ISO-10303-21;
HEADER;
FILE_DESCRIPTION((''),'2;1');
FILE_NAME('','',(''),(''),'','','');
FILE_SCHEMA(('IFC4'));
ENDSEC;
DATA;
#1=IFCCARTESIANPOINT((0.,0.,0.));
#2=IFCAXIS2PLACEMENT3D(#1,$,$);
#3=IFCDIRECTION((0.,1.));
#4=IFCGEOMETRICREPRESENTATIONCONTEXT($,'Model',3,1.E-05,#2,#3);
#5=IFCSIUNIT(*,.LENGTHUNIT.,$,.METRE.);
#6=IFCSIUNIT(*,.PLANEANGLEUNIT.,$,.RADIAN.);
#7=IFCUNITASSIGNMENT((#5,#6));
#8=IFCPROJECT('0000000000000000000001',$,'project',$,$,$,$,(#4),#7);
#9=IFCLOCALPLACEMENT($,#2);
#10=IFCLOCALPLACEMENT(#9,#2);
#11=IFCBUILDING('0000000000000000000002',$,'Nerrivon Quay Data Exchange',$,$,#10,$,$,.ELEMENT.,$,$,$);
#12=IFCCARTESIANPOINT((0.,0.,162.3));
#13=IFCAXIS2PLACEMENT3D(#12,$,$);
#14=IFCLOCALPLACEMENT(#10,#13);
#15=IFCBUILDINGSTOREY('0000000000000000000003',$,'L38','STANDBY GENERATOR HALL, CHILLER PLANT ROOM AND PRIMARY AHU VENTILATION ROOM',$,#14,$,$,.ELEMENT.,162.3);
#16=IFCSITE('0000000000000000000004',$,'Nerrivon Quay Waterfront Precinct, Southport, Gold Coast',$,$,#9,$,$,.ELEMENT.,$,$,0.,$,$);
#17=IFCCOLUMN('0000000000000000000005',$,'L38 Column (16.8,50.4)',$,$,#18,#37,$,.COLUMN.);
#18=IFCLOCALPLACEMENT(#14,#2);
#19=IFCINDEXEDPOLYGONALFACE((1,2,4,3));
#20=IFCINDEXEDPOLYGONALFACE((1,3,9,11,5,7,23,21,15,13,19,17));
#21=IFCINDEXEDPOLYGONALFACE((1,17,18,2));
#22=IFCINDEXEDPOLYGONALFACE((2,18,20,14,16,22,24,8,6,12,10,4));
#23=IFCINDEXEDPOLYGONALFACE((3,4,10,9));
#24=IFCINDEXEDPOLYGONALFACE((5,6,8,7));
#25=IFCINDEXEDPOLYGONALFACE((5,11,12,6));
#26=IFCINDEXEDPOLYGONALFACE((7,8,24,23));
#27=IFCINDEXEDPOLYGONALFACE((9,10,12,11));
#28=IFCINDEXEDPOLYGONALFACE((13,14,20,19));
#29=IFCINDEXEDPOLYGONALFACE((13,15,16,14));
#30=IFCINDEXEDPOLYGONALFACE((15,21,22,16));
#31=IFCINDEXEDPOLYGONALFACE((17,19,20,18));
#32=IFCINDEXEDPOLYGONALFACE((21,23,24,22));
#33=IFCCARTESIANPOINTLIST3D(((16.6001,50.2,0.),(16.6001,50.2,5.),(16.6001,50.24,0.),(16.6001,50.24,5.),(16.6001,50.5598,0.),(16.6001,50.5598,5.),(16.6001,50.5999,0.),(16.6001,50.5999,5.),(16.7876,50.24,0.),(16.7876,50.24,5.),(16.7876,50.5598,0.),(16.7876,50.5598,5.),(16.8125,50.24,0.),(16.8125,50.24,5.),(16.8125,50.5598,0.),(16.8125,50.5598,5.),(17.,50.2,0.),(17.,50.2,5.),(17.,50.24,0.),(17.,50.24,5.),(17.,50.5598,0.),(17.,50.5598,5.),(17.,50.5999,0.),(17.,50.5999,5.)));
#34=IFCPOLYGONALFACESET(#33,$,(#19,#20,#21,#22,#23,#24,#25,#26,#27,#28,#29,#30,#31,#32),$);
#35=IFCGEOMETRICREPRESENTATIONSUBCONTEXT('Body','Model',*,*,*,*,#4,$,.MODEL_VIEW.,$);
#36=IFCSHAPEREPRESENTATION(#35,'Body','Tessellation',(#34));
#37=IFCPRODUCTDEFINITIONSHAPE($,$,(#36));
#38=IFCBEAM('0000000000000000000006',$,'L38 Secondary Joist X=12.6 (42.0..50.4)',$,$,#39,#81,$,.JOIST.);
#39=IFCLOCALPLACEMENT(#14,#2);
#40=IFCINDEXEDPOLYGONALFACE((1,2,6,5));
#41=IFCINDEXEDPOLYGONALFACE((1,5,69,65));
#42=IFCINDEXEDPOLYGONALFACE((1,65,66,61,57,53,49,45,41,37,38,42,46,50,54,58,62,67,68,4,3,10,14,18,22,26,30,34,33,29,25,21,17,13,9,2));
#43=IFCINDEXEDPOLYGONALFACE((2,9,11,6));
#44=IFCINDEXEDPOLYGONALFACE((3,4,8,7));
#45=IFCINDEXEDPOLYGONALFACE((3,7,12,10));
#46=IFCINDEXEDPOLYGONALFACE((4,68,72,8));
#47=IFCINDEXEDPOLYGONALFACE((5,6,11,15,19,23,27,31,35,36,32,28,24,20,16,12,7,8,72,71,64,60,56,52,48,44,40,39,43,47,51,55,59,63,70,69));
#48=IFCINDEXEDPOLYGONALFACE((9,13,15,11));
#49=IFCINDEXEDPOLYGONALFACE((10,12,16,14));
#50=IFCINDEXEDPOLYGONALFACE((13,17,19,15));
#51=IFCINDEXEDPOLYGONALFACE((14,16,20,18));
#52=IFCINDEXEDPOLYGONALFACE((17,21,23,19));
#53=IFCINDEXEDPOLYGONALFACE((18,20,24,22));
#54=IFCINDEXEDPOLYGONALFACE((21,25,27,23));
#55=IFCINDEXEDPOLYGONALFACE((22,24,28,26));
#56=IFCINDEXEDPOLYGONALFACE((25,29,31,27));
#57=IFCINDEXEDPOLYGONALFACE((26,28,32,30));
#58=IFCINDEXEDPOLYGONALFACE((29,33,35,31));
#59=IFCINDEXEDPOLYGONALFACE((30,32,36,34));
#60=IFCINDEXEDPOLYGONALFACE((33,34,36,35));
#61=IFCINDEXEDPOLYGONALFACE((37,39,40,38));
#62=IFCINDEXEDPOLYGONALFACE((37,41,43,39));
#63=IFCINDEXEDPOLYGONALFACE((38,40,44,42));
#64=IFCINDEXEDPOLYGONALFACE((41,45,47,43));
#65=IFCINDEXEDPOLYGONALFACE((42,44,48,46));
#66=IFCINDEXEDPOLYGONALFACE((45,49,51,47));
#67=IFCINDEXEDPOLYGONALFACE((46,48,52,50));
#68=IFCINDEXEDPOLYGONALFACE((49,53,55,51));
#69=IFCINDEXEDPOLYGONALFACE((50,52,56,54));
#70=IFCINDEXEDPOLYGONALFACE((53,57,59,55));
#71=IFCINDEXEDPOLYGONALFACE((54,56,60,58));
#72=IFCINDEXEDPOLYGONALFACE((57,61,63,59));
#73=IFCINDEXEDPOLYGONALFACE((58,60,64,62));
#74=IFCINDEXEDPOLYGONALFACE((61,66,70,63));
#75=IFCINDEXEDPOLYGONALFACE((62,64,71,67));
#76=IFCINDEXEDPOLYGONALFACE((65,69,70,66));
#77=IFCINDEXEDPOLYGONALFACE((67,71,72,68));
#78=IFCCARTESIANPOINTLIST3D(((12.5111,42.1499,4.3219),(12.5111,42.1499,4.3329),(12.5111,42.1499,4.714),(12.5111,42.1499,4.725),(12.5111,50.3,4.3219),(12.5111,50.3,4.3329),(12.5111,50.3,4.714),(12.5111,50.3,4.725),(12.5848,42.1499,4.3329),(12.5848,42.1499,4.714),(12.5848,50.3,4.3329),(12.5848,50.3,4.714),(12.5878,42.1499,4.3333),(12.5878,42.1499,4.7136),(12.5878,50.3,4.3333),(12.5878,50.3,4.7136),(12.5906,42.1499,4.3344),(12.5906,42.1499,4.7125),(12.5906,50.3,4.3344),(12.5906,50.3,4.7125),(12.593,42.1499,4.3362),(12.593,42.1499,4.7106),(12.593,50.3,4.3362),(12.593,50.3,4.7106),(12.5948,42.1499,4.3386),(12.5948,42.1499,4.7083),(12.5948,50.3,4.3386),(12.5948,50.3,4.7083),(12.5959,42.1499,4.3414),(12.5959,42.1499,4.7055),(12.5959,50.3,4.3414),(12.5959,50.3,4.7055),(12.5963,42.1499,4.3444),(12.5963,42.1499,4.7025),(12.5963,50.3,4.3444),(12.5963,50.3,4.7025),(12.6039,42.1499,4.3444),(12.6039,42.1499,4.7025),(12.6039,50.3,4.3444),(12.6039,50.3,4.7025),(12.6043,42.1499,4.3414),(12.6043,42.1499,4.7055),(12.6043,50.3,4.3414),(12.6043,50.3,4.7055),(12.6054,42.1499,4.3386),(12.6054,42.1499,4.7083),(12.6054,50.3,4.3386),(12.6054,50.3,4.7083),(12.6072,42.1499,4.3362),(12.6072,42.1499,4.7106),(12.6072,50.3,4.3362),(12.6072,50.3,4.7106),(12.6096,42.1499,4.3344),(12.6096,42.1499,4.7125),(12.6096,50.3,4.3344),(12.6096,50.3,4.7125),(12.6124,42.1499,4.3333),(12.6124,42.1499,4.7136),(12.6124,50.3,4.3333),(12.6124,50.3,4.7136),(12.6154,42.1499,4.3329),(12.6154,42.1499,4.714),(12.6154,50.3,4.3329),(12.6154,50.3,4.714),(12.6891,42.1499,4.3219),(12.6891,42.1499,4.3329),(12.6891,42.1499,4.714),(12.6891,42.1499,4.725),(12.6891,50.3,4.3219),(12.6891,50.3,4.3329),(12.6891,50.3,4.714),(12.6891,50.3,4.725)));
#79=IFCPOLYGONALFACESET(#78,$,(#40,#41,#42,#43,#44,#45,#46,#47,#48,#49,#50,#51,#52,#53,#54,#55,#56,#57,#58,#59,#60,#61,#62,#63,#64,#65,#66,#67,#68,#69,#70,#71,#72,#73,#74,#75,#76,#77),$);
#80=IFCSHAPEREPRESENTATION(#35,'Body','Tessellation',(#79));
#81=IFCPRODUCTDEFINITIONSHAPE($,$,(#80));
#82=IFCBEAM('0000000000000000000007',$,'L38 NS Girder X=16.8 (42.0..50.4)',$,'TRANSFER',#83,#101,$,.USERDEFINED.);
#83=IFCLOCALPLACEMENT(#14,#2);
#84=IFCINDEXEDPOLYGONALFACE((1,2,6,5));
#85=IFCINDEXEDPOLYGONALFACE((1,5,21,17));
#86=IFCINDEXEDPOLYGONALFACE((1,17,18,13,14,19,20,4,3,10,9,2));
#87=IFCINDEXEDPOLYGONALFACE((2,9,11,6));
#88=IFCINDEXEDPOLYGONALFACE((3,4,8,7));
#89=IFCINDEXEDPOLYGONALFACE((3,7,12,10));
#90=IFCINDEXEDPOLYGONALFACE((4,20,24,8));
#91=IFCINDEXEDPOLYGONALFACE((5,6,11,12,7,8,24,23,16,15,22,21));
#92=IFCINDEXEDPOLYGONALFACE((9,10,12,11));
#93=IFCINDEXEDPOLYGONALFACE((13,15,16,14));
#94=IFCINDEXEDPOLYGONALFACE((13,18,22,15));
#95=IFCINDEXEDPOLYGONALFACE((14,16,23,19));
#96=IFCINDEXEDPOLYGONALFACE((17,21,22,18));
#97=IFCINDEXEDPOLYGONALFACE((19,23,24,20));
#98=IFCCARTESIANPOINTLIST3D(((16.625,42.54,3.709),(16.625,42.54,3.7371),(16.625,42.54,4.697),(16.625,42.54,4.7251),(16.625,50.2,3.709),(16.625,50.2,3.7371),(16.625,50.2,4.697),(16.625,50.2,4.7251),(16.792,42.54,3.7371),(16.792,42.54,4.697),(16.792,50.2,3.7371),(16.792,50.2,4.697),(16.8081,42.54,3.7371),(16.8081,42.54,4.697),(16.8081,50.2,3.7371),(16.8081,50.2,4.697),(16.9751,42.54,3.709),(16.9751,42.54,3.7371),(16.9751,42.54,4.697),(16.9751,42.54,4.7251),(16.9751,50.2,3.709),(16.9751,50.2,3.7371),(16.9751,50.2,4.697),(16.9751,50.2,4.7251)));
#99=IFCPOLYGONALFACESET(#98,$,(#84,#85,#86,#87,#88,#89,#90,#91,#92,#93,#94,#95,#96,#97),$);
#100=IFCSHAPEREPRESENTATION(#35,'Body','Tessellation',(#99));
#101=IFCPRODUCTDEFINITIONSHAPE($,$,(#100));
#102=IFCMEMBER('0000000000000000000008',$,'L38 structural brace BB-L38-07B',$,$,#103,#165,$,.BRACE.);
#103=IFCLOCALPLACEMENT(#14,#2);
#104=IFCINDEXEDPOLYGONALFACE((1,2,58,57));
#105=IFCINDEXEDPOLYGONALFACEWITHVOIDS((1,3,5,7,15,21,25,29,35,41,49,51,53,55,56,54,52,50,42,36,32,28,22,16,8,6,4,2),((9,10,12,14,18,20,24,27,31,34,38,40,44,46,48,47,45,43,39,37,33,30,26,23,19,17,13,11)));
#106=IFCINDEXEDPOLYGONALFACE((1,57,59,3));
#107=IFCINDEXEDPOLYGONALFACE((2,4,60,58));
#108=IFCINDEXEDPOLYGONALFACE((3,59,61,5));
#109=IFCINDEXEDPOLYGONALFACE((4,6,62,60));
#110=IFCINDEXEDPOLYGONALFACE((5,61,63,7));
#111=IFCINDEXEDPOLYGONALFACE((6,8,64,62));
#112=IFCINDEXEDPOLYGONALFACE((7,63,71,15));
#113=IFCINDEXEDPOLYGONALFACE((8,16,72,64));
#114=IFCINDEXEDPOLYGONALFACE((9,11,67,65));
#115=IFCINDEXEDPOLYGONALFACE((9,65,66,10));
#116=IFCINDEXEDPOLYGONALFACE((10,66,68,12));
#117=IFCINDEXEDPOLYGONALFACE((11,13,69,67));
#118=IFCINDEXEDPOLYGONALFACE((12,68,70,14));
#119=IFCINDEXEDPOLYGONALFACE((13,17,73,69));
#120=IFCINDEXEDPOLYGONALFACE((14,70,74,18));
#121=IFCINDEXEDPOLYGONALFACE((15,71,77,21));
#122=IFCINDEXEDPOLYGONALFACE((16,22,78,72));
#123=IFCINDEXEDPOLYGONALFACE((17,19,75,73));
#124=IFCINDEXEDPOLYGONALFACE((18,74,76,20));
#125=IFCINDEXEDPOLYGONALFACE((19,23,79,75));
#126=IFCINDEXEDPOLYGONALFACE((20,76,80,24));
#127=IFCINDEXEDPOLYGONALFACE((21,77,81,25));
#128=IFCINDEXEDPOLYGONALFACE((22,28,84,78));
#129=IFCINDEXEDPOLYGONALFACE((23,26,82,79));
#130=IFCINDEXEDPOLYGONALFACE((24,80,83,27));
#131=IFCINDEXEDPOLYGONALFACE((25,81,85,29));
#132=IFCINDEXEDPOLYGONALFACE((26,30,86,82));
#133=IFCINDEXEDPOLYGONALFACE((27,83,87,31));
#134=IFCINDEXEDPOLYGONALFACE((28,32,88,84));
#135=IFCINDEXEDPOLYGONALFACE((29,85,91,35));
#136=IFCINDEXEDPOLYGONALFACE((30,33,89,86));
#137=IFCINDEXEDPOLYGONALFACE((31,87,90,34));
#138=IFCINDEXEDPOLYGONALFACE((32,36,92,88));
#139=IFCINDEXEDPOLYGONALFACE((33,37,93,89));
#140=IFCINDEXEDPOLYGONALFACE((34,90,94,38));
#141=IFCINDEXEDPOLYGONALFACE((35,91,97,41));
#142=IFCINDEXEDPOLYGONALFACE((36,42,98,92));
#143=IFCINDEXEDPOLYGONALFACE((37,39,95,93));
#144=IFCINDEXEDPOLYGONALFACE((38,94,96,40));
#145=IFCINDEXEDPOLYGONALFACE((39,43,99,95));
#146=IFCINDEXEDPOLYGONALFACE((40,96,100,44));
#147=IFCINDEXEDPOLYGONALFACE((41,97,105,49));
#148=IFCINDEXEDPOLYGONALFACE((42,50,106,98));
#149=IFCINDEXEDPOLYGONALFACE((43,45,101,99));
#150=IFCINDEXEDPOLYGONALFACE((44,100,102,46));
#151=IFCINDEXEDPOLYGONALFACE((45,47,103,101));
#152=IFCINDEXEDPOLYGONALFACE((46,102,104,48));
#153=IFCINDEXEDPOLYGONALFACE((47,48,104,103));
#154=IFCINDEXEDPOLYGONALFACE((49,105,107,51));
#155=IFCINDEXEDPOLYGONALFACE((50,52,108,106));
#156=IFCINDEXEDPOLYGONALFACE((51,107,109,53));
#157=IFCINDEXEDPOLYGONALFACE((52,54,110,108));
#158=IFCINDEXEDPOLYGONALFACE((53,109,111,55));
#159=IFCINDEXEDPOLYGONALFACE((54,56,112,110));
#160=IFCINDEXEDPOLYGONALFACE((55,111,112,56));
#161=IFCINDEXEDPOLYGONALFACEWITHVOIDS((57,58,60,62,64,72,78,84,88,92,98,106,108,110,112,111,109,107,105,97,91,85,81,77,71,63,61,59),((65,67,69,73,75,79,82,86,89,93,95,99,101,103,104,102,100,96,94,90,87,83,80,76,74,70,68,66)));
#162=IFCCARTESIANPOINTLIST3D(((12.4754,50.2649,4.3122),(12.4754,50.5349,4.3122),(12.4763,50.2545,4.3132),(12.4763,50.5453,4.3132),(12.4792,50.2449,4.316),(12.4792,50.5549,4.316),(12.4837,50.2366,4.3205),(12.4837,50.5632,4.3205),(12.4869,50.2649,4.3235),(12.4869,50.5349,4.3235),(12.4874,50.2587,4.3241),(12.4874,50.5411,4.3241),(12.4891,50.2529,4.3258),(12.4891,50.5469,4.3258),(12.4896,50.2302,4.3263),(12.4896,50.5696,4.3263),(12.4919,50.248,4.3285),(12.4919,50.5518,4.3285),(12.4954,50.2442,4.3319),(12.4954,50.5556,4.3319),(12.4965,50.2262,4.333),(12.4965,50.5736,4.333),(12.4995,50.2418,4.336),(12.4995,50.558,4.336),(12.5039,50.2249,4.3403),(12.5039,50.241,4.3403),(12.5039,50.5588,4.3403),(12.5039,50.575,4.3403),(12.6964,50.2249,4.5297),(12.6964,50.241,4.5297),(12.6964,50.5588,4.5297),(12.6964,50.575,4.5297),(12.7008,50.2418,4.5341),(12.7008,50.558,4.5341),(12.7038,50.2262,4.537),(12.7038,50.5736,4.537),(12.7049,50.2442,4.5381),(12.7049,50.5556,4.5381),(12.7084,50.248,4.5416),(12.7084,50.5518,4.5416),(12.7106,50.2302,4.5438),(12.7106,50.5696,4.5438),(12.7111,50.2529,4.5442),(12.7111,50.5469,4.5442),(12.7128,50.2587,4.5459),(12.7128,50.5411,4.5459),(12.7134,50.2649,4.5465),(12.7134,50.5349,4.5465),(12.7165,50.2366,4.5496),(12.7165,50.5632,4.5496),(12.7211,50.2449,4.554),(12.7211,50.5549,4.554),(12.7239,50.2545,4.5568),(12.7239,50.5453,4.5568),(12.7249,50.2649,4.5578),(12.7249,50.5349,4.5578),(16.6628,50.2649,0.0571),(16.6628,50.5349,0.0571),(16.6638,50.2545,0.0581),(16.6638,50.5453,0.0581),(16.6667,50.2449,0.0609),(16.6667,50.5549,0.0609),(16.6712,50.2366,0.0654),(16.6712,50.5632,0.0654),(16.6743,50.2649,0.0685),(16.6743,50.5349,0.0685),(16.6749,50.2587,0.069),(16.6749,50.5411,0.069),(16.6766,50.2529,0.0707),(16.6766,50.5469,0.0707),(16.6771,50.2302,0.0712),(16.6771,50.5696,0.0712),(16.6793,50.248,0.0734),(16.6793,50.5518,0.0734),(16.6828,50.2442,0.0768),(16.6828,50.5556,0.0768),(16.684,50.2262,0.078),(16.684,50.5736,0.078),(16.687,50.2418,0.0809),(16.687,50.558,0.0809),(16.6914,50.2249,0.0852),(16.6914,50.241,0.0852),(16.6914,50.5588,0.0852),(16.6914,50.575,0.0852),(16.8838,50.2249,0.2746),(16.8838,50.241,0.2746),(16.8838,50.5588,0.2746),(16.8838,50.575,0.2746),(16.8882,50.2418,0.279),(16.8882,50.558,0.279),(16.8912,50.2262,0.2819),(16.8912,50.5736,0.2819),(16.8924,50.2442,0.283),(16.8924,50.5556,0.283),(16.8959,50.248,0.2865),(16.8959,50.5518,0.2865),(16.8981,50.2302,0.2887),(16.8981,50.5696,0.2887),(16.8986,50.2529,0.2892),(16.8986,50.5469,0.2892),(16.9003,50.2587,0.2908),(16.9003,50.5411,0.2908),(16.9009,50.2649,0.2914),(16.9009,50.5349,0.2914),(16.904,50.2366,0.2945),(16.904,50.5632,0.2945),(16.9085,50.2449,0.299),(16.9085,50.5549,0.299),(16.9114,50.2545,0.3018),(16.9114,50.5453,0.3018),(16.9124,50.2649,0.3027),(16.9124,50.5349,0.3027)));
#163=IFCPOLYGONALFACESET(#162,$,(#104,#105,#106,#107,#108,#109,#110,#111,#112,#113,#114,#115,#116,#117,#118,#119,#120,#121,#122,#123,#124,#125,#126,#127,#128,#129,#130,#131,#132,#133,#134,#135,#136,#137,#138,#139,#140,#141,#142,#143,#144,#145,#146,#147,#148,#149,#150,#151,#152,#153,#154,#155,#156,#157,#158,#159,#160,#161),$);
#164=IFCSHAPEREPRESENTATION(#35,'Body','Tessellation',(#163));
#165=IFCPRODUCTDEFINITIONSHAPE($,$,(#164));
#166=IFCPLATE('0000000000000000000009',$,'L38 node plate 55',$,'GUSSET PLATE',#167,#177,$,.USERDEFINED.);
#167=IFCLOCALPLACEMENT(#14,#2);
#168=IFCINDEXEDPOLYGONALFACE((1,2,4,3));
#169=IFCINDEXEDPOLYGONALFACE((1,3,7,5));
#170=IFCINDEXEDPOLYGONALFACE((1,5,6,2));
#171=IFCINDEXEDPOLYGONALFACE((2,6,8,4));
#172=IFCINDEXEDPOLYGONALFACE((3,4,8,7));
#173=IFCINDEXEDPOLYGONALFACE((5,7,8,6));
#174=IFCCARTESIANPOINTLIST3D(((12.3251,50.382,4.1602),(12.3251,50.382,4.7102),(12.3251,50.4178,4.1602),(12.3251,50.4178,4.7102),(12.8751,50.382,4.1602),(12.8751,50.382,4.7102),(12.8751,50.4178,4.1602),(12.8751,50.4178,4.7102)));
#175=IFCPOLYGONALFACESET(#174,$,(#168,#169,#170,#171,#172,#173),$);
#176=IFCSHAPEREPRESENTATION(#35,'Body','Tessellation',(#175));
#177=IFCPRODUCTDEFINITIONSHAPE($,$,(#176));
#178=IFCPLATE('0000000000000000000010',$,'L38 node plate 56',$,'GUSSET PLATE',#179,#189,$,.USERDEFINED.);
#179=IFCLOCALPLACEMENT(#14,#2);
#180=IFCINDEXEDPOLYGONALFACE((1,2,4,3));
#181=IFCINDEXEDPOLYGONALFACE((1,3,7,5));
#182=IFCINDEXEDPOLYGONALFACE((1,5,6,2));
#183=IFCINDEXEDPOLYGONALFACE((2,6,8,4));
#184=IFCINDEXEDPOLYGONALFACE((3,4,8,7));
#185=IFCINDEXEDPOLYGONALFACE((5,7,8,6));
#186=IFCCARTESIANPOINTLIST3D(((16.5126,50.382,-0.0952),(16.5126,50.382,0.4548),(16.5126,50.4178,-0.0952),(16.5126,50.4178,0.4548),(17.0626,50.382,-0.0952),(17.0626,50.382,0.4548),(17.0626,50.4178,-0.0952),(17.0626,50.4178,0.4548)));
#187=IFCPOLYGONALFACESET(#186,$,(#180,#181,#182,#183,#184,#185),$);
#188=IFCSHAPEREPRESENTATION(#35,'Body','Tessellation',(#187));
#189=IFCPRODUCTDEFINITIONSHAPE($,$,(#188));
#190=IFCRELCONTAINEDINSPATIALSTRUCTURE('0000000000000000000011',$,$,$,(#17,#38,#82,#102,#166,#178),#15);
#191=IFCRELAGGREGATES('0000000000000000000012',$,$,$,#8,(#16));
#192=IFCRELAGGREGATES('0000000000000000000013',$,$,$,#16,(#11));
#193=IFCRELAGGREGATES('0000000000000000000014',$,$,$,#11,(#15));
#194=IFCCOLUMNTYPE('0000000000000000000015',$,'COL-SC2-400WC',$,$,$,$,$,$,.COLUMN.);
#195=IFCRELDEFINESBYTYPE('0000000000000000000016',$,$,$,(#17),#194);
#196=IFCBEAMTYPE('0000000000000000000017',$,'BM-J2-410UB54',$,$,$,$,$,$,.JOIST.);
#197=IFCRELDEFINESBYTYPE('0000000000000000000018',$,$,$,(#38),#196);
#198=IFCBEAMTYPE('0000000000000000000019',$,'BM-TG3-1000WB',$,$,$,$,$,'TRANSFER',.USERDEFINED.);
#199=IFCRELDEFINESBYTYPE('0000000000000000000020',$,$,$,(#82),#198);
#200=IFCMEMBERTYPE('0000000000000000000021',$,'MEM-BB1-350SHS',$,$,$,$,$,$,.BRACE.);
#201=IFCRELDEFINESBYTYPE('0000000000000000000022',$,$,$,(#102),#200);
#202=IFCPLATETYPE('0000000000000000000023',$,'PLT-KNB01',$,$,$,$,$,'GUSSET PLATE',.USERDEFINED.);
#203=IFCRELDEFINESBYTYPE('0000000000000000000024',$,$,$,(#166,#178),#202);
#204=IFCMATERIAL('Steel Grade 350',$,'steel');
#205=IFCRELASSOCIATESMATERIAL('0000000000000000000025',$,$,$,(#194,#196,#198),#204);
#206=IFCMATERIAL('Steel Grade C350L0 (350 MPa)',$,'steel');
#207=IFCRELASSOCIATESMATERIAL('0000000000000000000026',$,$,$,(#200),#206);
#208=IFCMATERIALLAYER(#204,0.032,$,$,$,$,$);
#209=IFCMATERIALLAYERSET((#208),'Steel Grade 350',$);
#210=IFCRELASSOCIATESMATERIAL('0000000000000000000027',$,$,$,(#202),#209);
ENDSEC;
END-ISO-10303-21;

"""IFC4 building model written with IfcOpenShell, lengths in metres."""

from ifc_helpers import new_model, si_unit, direction, frame, origin, origin_2d, place, context, subcontext, project, spatial, rectangle, hollow_rectangle, i_section, extrude, material, layer, layer_set, material_profile, profile_set, type_object, element, save


model = new_model("IFC4")

# Units and contexts
model_context = context("Model", 3, precision=1e-05, world=origin(), true_north=direction((0.0, 1.0)))
body_context = subcontext(model_context, "Body", "Model", "MODEL_VIEW")
ifc_project = project(units=[si_unit("LENGTHUNIT", "METRE"), si_unit("PLANEANGLEUNIT", "RADIAN")], contexts=[model_context])

# Site, building, storey
site_placement = place(None, origin())
site = spatial("IfcSite", under=ifc_project, at=site_placement, Name="Nerrivon Quay Waterfront Precinct, Southport, Gold Coast", CompositionType="ELEMENT", RefElevation=0.0)
building_placement = place(site_placement, origin())
building = spatial("IfcBuilding", under=site, at=building_placement, Name="Nerrivon Quay Data Exchange", CompositionType="ELEMENT")
storey_placement = place(building_placement, frame((0.0, 0.0, 162.3)))
storey = spatial("IfcBuildingStorey", under=building, at=storey_placement, Name="L38", Description="STANDBY GENERATOR HALL, CHILLER PLANT ROOM AND PRIMARY AHU VENTILATION ROOM", CompositionType="ELEMENT", Elevation=162.3)

# Column
ifc_material_1 = material(Name="Steel Grade 350", Category="steel")
ifc_material_profile_1 = material_profile(ifc_material_1, i_section(OverallWidth=0.3999, OverallDepth=0.3999, WebThickness=0.0249, FlangeThickness=0.04, at=origin_2d()), Name="400WC328")
ifc_profile_set_1 = profile_set([ifc_material_profile_1], Name="Steel Grade 350")
column_type = type_object("IfcColumnType", Name="COL-SC2-400WC", PredefinedType="COLUMN", material=ifc_profile_set_1)
column_placement = place(storey_placement, frame((16.8, 50.3999, 0.0), z_axis=(0.0, 0.0, 1.0), x_axis=(1.0, 0.0, 0.0)))
element("IfcColumn", 1, at=column_placement, inside=storey, type_object=column_type, Name="L38 Column (16.8,50.4)", PredefinedType="COLUMN", context=body_context, shape_type="SweptSolid", body=[
    extrude(i_section(OverallWidth=0.3999, OverallDepth=0.3999, WebThickness=0.0249, FlangeThickness=0.04, at=origin_2d()), origin(), (0.0, 0.0, 1.0), 5.0),
])

# Beams
ifc_material_profile_2 = material_profile(ifc_material_1, i_section(OverallWidth=0.178, OverallDepth=0.4031, WebThickness=0.0076, FlangeThickness=0.011, FilletRadius=0.0115, at=origin_2d()), Name="410UB53.7")
ifc_profile_set_2 = profile_set([ifc_material_profile_2], Name="Steel Grade 350")
beam_type_1 = type_object("IfcBeamType", Name="BM-J2-410UB54", PredefinedType="JOIST", material=ifc_profile_set_2)
beam_1_placement = place(storey_placement, frame((12.6001, 42.1499, 4.5234), z_axis=(0.0, 1.0, 0.0), x_axis=(-1.0, 0.0, 0.0)))
element("IfcBeam", 2, at=beam_1_placement, inside=storey, type_object=beam_type_1, Name="L38 Secondary Joist X=12.6 (42.0..50.4)", PredefinedType="JOIST", context=body_context, shape_type="SweptSolid", body=[
    extrude(i_section(OverallWidth=0.178, OverallDepth=0.4031, WebThickness=0.0076, FlangeThickness=0.011, FilletRadius=0.0115, at=origin_2d()), origin(), (0.0, 0.0, 1.0), 8.1501),
])
ifc_material_profile_3 = material_profile(ifc_material_1, i_section(OverallWidth=0.3501, OverallDepth=1.0161, WebThickness=0.0161, FlangeThickness=0.0281, at=origin_2d()), Name="1000WB258")
ifc_profile_set_3 = profile_set([ifc_material_profile_3], Name="Steel Grade 350")
beam_type_2 = type_object("IfcBeamType", Name="BM-TG3-1000WB", ElementType="TRANSFER", PredefinedType="USERDEFINED", material=ifc_profile_set_3)
beam_2_placement = place(storey_placement, frame((16.8, 42.54, 4.217), z_axis=(0.0, 1.0, 0.0), x_axis=(-1.0, 0.0, 0.0)))
element("IfcBeam", 3, at=beam_2_placement, inside=storey, type_object=beam_type_2, Name="L38 NS Girder X=16.8 (42.0..50.4)", ObjectType="TRANSFER", PredefinedType="USERDEFINED", context=body_context, shape_type="SweptSolid", body=[
    extrude(i_section(OverallWidth=0.3501, OverallDepth=1.0161, WebThickness=0.0161, FlangeThickness=0.0281, at=origin_2d()), origin(), (0.0, 0.0, 1.0), 7.6599),
])

# Member
ifc_material_2 = material(Name="Steel Grade C350L0 (350 MPa)", Category="steel")
ifc_material_profile_4 = material_profile(ifc_material_2, hollow_rectangle(XDim=0.3501, YDim=0.3501, WallThickness=0.0161, InnerFilletRadius=0.0239, OuterFilletRadius=0.04, at=origin_2d()), Name="350x350x16.0SHS")
ifc_profile_set_4 = profile_set([ifc_material_profile_4], Name="Steel Grade C350L0 (350 MPa)")
member_type = type_object("IfcMemberType", Name="MEM-BB1-350SHS", PredefinedType="BRACE", material=ifc_profile_set_4)
member_placement = place(storey_placement, frame((16.7876, 50.3999, 0.1799), z_axis=(-0.70142, 0.0, 0.712748), x_axis=(0.0, -1.0, 0.0)))
element("IfcMember", 4, at=member_placement, inside=storey, type_object=member_type, Name="L38 structural brace BB-L38-07B", PredefinedType="BRACE", context=body_context, shape_type="SweptSolid", body=[
    extrude(hollow_rectangle(XDim=0.3501, YDim=0.3501, WallThickness=0.0161, InnerFilletRadius=0.0239, OuterFilletRadius=0.04, at=origin_2d()), origin(), (0.0, 0.0, 1.0), 5.97),
])

# Plates
ifc_layer_1 = layer(ifc_material_1, 0.032)
ifc_layer_set_1 = layer_set([ifc_layer_1], Name="Steel Grade 350")
plate_type = type_object("IfcPlateType", Name="PLT-KNB01", ElementType="GUSSET PLATE", PredefinedType="USERDEFINED", material=ifc_layer_set_1)
for number, where, z_axis, x_axis, name in (
    (5, (12.6001, 50.3999, 4.1602), (0.0, 0.0, 1.0), (1.0, 0.0, 0.0), "L38 node plate 55"),
    (6, (16.7876, 50.3999, -0.0952), (0.0, 0.0, 1.0), (1.0, 0.0, 0.0), "L38 node plate 56"),
):
    element("IfcPlate", number, at=place(storey_placement, frame(where, z_axis=z_axis, x_axis=x_axis)), inside=storey, type_object=plate_type, Name=name, ObjectType="GUSSET PLATE", PredefinedType="USERDEFINED", context=body_context, shape_type="SweptSolid", body=[
        extrude(rectangle(XDim=0.55, YDim=0.0359, at=origin_2d()), origin(), (0.0, 0.0, 1.0), 0.55),
    ])

save(model, "model.ifc")
